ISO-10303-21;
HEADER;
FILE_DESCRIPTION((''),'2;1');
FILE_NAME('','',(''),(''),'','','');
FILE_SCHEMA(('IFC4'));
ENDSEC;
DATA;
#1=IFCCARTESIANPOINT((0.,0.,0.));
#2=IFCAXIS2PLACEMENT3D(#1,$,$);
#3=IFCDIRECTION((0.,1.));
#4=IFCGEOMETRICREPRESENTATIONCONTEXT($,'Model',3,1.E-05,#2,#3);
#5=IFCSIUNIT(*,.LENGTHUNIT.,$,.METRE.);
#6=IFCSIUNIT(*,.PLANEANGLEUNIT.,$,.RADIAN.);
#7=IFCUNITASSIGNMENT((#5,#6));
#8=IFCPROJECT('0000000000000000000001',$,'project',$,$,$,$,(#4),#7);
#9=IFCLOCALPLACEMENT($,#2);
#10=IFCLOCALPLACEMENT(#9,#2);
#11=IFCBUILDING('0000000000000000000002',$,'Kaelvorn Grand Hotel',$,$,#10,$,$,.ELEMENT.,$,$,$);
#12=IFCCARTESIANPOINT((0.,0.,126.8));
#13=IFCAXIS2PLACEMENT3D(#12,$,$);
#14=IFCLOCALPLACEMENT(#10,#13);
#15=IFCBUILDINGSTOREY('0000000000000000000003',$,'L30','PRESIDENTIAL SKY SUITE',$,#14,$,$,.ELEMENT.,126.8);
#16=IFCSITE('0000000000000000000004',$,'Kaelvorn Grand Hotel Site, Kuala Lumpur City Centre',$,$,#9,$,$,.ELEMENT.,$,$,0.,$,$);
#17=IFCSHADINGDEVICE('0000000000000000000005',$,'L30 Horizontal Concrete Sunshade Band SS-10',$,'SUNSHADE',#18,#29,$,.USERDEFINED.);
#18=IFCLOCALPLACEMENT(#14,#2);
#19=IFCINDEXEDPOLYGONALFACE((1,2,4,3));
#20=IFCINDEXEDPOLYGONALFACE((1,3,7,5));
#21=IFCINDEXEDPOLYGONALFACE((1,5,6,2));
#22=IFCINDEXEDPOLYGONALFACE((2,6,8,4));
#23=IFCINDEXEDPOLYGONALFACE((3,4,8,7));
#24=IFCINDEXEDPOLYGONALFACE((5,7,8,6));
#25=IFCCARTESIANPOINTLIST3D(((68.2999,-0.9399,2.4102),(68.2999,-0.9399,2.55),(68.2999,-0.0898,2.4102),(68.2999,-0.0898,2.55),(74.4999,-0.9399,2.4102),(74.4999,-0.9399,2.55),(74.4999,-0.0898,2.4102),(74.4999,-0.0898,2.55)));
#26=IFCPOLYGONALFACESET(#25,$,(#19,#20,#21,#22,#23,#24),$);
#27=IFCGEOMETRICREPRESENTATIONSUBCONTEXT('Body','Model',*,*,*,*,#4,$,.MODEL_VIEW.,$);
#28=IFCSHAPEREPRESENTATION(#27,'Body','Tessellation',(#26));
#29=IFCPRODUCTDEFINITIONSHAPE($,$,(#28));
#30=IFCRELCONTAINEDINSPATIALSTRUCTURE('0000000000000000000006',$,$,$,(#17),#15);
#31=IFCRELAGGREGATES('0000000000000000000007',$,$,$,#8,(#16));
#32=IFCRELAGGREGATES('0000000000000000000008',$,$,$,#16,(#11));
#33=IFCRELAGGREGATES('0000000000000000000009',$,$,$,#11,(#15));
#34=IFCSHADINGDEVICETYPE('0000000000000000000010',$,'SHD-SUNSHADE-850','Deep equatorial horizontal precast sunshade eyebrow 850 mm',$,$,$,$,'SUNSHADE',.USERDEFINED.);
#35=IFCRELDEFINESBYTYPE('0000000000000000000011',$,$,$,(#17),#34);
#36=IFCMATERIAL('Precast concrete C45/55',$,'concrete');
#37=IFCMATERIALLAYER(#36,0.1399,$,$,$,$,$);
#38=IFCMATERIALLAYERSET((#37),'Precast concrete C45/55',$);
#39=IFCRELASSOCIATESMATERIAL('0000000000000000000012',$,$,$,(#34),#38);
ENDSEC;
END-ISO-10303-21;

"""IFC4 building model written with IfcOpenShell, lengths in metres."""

from ifc_helpers import new_model, si_unit, direction, frame, origin, origin_2d, place, context, subcontext, project, spatial, rectangle, extrude, material, layer, layer_set, type_object, element, save


model = new_model("IFC4")

# Units and contexts
model_context = context("Model", 3, precision=1e-05, world=origin(), true_north=direction((0.0, 1.0)))
body_context = subcontext(model_context, "Body", "Model", "MODEL_VIEW")
ifc_project = project(units=[si_unit("LENGTHUNIT", "METRE"), si_unit("PLANEANGLEUNIT", "RADIAN")], contexts=[model_context])

# Site, building, storey
site_placement = place(None, origin())
site = spatial("IfcSite", under=ifc_project, at=site_placement, Name="Kaelvorn Grand Hotel Site, Kuala Lumpur City Centre", CompositionType="ELEMENT", RefElevation=0.0)
building_placement = place(site_placement, origin())
building = spatial("IfcBuilding", under=site, at=building_placement, Name="Kaelvorn Grand Hotel", CompositionType="ELEMENT")
storey_placement = place(building_placement, frame((0.0, 0.0, 126.8)))
storey = spatial("IfcBuildingStorey", under=building, at=storey_placement, Name="L30", Description="PRESIDENTIAL SKY SUITE", CompositionType="ELEMENT", Elevation=126.8)

# Shared definitions
ifc_material_1 = material(Name="Precast concrete C45/55", Category="concrete")

# Shading device
ifc_layer_1 = layer(ifc_material_1, 0.1399)
ifc_layer_set_1 = layer_set([ifc_layer_1], Name="Precast concrete C45/55")
shading_device_type = type_object("IfcShadingDeviceType", Name="SHD-SUNSHADE-850", Description="Deep equatorial horizontal precast sunshade eyebrow 850 mm", ElementType="SUNSHADE", PredefinedType="USERDEFINED", material=ifc_layer_set_1)
shading_device_placement = place(storey_placement, frame((71.3999, -0.5149, 2.4102), z_axis=(0.0, 0.0, 1.0), x_axis=(1.0, 0.0, 0.0)))
element("IfcShadingDevice", 1, at=shading_device_placement, inside=storey, type_object=shading_device_type, Name="L30 Horizontal Concrete Sunshade Band SS-10", ObjectType="SUNSHADE", PredefinedType="USERDEFINED", context=body_context, shape_type="SweptSolid", body=[
    extrude(rectangle(XDim=6.2, YDim=0.8501, at=origin_2d()), origin(), (0.0, 0.0, 1.0), 0.1399),
])

save(model, "model.ifc")
